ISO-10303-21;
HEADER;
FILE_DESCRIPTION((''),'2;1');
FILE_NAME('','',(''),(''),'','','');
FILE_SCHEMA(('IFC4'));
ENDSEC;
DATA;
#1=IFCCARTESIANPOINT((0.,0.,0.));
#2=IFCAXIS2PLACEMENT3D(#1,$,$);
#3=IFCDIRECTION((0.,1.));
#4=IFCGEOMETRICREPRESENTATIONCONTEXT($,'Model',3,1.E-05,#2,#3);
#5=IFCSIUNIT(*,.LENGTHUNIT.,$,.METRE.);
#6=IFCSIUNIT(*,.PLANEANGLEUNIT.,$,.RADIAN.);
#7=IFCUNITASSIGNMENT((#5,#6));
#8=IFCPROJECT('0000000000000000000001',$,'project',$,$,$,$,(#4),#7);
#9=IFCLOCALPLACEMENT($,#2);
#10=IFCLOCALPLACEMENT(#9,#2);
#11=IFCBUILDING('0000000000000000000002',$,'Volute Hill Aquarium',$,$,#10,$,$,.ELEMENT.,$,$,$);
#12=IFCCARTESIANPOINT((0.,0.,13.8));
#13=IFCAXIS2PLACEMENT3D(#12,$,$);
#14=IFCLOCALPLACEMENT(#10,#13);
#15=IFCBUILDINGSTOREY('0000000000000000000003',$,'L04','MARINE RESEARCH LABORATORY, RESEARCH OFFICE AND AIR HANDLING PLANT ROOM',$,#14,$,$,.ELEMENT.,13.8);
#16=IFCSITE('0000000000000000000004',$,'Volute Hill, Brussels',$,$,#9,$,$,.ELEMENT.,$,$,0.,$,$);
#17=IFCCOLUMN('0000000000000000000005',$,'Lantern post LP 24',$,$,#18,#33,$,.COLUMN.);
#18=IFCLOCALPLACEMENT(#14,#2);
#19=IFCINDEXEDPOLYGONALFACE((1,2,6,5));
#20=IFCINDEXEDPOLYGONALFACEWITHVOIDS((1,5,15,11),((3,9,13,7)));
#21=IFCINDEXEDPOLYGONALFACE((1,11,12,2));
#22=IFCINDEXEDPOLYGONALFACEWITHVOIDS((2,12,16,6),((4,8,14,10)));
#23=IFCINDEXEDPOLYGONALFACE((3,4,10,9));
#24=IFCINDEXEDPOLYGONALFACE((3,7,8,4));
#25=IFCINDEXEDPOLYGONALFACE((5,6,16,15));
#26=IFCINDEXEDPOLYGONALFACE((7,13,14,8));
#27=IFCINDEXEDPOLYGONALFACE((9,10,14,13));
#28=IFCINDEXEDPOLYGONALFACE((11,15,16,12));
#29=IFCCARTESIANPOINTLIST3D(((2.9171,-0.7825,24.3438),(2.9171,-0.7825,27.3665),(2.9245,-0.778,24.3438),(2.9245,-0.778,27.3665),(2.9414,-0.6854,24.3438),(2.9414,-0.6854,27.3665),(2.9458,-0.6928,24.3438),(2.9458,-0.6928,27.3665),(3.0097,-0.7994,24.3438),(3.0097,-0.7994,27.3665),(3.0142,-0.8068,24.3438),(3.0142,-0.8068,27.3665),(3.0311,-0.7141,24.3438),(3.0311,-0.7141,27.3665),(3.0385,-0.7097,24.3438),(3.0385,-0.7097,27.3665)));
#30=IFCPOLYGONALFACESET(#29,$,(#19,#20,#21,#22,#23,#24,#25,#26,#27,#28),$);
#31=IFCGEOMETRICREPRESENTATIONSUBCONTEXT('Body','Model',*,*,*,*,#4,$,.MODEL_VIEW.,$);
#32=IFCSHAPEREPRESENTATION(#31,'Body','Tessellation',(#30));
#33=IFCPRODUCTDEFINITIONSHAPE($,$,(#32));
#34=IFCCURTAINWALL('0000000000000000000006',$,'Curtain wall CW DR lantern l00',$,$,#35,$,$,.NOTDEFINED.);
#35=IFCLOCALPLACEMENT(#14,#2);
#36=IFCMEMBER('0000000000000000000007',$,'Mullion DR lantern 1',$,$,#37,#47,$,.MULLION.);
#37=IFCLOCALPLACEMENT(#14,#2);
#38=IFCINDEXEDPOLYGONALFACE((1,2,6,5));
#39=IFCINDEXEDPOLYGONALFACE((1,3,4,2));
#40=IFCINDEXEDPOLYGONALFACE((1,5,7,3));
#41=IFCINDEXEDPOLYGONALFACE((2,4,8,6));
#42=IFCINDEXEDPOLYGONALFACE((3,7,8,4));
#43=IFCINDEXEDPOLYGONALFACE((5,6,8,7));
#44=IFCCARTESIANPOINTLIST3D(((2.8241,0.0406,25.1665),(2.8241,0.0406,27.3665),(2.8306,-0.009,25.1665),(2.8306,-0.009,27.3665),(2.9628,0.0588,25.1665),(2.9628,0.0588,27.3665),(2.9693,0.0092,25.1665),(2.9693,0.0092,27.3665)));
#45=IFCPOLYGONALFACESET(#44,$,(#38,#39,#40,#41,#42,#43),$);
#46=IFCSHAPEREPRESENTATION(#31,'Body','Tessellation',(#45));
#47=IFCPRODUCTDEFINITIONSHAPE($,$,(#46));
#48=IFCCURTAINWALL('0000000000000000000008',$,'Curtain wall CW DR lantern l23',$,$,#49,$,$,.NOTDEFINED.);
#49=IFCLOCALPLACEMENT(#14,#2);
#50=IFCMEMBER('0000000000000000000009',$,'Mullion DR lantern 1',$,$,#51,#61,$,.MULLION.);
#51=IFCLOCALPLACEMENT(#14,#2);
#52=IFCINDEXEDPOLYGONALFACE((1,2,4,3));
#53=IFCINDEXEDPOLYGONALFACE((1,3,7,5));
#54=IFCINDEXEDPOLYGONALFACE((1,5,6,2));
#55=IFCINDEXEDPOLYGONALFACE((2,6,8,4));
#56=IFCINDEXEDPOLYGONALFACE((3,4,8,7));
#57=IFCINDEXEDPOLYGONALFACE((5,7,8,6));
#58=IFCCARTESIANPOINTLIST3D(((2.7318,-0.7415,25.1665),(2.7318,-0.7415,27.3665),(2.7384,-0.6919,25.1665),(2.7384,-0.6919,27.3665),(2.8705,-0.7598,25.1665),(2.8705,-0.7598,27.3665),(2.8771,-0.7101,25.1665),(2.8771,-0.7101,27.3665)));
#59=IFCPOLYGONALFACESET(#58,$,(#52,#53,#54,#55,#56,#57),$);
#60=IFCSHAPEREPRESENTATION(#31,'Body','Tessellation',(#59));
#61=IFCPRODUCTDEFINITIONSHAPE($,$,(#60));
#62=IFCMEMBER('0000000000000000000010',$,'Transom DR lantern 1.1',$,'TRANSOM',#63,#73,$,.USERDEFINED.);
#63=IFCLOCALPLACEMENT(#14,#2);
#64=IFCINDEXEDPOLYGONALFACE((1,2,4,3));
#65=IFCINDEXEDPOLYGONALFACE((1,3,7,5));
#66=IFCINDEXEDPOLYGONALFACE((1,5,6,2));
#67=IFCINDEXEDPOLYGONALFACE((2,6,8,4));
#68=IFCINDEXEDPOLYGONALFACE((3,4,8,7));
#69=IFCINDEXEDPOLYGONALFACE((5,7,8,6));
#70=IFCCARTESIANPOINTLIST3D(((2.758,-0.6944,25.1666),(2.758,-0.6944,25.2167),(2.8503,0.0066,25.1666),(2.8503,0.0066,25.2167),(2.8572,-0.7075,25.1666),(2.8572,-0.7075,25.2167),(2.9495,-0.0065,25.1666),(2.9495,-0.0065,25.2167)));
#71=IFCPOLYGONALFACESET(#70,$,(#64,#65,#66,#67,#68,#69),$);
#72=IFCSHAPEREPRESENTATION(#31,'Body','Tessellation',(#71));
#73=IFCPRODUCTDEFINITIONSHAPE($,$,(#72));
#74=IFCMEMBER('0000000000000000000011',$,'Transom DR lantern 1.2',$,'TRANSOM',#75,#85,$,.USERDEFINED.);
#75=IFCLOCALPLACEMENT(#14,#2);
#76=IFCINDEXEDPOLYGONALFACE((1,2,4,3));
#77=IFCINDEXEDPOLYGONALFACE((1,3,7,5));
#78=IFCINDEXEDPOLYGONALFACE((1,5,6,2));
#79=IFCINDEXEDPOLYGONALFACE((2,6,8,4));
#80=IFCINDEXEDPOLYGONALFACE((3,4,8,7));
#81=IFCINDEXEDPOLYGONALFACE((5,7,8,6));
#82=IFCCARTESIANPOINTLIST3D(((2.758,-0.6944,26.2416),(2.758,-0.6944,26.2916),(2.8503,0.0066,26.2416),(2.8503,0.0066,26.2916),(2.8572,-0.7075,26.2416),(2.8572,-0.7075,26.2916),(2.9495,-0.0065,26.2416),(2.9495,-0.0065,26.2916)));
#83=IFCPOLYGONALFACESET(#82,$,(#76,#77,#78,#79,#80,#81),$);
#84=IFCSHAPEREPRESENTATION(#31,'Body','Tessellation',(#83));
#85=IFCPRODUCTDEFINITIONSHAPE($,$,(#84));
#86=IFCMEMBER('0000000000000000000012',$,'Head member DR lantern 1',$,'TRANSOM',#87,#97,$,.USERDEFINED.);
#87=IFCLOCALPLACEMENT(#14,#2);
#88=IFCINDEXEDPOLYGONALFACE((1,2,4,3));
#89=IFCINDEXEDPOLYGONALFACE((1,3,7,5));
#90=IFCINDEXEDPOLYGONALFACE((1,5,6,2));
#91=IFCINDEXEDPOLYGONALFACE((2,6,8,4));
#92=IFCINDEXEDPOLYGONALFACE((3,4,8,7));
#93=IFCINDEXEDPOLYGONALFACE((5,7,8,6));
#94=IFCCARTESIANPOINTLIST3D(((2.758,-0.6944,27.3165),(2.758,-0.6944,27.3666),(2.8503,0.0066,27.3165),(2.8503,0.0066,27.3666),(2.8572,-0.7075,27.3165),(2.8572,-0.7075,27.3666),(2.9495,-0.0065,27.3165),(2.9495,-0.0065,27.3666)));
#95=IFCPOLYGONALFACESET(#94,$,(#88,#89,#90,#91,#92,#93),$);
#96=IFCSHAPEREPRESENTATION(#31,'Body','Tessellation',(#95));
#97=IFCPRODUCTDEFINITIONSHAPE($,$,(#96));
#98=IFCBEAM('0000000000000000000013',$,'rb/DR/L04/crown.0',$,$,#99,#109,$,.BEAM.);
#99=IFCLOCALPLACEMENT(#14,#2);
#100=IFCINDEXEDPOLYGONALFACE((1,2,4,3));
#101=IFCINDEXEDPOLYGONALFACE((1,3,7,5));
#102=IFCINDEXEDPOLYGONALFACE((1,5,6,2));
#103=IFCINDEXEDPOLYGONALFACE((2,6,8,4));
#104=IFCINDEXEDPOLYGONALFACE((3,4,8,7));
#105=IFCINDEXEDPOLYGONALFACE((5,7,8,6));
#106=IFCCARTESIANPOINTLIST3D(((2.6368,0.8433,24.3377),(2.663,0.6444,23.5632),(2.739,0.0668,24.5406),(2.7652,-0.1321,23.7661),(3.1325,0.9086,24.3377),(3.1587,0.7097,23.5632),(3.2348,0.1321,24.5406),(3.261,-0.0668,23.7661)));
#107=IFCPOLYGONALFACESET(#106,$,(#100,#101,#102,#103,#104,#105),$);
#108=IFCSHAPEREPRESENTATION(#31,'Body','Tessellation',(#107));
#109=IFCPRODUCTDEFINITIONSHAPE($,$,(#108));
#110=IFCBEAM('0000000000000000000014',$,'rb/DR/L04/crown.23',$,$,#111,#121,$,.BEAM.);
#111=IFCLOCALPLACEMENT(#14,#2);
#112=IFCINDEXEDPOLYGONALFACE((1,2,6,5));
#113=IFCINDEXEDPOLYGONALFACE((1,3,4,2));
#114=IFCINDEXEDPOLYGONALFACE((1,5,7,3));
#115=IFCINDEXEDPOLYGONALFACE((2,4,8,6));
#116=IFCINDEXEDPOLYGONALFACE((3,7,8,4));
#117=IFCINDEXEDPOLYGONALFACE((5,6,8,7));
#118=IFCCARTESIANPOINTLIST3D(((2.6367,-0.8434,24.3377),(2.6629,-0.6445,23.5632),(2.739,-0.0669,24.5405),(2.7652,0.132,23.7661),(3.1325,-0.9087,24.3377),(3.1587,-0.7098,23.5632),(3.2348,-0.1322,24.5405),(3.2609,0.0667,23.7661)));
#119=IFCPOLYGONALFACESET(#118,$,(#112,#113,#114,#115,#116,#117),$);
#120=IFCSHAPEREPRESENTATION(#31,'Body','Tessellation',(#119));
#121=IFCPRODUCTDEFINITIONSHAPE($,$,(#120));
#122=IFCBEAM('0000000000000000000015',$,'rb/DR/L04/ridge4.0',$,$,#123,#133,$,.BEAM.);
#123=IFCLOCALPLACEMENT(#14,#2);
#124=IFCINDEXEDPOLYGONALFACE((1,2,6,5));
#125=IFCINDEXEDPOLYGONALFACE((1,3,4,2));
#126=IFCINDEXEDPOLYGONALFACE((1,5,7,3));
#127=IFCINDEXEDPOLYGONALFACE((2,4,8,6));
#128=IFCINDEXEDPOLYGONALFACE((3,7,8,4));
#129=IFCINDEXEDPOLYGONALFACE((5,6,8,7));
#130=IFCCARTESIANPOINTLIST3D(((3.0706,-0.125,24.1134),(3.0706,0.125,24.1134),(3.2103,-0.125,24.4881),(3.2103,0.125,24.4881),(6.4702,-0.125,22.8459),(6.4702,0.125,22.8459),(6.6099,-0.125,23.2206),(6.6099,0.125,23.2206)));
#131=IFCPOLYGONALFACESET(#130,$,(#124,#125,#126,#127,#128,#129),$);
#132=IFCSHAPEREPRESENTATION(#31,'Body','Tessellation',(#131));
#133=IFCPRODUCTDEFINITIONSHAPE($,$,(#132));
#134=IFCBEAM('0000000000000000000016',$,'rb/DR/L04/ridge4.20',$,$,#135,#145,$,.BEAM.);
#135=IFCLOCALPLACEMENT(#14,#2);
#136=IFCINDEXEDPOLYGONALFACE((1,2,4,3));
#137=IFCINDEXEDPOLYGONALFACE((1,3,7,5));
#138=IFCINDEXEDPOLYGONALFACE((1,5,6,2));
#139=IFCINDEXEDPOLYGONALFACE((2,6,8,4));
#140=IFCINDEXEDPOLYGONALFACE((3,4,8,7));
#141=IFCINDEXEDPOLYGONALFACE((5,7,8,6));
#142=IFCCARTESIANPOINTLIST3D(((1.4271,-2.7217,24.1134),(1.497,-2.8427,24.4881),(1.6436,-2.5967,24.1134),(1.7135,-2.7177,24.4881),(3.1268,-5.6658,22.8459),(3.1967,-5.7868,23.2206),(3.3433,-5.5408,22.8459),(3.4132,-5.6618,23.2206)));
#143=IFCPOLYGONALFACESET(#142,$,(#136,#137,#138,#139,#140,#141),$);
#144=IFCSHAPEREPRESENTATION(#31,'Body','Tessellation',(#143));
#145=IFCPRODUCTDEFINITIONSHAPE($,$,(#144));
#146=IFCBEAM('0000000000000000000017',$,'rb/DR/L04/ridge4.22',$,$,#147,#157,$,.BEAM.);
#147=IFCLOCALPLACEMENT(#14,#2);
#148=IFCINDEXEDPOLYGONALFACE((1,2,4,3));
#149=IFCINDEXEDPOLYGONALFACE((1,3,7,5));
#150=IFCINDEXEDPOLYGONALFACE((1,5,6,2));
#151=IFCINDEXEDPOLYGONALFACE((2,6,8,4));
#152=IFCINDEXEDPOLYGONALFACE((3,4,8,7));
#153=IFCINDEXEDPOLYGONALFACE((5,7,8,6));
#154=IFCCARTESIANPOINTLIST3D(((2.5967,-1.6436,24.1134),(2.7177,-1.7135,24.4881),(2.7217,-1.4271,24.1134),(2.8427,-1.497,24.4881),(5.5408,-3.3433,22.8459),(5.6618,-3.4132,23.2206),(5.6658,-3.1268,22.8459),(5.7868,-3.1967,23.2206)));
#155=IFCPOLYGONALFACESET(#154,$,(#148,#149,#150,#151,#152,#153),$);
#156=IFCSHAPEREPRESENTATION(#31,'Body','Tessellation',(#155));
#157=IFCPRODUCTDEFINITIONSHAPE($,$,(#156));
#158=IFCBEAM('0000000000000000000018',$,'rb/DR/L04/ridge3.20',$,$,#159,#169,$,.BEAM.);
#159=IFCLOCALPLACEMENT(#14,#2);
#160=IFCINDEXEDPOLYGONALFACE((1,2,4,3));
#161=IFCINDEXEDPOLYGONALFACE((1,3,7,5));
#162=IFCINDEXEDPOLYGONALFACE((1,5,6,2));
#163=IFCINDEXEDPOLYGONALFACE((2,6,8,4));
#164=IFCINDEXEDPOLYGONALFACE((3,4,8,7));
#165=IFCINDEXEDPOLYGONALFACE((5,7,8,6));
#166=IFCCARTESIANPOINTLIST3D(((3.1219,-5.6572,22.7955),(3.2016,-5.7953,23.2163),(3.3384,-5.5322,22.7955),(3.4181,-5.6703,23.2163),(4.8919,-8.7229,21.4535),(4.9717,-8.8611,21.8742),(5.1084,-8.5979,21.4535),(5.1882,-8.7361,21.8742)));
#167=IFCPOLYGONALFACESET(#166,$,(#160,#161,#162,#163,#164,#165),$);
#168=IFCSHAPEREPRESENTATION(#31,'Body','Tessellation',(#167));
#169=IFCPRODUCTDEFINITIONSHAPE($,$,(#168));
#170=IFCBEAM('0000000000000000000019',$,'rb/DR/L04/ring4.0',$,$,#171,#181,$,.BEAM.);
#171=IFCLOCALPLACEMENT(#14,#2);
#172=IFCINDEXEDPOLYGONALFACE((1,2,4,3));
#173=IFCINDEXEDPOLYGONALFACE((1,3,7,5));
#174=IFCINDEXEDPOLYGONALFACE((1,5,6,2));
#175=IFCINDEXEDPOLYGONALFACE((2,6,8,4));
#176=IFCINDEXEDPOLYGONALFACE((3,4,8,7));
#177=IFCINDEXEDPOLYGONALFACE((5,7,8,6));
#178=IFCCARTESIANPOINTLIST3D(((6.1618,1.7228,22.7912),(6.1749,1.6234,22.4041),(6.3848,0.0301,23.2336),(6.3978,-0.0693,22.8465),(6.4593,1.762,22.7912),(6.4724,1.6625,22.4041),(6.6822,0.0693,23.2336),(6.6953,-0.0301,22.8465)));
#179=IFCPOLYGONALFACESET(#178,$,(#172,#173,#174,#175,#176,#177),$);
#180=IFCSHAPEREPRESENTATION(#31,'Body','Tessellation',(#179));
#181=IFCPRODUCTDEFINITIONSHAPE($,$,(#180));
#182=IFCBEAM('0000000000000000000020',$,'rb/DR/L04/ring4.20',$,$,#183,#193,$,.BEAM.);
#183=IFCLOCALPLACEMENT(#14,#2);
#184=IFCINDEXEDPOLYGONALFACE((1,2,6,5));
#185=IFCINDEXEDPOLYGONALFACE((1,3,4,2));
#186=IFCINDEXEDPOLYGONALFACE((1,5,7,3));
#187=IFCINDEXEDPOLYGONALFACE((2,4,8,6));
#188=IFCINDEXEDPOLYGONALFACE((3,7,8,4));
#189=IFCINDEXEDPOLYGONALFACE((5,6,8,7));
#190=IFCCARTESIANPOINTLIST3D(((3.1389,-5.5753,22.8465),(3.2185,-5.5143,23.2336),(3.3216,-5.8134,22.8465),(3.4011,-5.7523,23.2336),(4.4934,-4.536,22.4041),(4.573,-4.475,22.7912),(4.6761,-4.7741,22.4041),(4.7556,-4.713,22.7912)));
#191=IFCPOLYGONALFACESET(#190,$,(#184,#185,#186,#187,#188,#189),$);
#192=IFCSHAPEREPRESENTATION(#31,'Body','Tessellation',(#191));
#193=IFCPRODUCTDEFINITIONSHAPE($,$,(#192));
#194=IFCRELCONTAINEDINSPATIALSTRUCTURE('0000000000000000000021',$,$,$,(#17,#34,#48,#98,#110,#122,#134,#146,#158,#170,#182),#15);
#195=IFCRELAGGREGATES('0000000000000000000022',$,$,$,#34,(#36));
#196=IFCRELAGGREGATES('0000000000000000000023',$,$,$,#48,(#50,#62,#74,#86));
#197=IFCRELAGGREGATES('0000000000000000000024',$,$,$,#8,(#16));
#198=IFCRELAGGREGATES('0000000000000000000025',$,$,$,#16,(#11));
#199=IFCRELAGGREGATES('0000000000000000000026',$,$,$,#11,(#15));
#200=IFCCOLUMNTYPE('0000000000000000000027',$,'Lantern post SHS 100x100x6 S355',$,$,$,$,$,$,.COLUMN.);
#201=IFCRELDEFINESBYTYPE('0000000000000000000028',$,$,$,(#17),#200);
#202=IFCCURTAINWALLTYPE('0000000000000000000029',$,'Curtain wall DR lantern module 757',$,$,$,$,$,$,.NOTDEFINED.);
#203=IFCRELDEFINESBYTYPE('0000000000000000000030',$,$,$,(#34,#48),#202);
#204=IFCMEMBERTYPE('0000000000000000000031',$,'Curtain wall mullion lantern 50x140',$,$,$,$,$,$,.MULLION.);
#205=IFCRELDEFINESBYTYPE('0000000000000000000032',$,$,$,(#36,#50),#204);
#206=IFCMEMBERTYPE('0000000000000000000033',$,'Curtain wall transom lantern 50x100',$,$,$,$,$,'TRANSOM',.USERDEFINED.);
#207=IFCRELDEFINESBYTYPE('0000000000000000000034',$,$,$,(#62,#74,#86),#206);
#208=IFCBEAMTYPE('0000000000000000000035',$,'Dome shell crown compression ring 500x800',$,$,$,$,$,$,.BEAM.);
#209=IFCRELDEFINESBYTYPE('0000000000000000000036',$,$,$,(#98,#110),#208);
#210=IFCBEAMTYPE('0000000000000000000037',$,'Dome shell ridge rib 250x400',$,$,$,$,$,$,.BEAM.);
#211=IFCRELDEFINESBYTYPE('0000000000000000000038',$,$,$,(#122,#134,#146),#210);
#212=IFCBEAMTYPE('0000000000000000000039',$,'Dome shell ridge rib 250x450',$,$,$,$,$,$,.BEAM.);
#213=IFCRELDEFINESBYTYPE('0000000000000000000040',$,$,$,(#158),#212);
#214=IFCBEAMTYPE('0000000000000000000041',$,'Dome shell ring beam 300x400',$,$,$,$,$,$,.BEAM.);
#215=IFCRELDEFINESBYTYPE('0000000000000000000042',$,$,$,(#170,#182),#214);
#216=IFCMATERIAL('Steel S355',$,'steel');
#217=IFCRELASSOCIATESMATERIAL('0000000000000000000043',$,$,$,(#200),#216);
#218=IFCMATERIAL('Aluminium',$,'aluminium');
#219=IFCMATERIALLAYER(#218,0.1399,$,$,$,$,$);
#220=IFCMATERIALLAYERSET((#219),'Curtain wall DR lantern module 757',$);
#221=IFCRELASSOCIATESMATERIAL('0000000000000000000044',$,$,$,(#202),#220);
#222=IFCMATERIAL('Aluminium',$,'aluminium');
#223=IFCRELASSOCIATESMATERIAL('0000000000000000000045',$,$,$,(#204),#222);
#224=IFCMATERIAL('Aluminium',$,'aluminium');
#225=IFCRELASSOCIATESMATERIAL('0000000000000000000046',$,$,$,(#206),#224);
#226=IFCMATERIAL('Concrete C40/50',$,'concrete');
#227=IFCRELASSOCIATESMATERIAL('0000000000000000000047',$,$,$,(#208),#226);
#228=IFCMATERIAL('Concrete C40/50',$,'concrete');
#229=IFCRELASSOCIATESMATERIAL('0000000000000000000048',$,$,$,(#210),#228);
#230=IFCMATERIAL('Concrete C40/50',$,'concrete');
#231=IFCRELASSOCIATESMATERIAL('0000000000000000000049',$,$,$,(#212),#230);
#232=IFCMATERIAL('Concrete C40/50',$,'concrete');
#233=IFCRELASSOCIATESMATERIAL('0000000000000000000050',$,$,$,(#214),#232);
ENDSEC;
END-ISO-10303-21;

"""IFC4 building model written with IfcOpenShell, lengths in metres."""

from ifc_helpers import new_model, si_unit, direction, frame, origin, origin_2d, place, context, subcontext, project, spatial, rectangle, hollow_rectangle, extrude, material, layer, layer_set, material_profile, profile_set, type_object, element, aggregate, save


model = new_model("IFC4")

# Units and contexts
model_context = context("Model", 3, precision=1e-05, world=origin(), true_north=direction((0.0, 1.0)))
body_context = subcontext(model_context, "Body", "Model", "MODEL_VIEW")
ifc_project = project(units=[si_unit("LENGTHUNIT", "METRE"), si_unit("PLANEANGLEUNIT", "RADIAN")], contexts=[model_context])

# Site, building, storey
site_placement = place(None, origin())
site = spatial("IfcSite", under=ifc_project, at=site_placement, Name="Volute Hill, Brussels", CompositionType="ELEMENT", RefElevation=0.0)
building_placement = place(site_placement, origin())
building = spatial("IfcBuilding", under=site, at=building_placement, Name="Volute Hill Aquarium", CompositionType="ELEMENT")
storey_placement = place(building_placement, frame((0.0, 0.0, 13.8)))
storey = spatial("IfcBuildingStorey", under=building, at=storey_placement, Name="L04", Description="MARINE RESEARCH LABORATORY, RESEARCH OFFICE AND AIR HANDLING PLANT ROOM", CompositionType="ELEMENT", Elevation=13.8)

# Column
ifc_material_1 = material(Name="Steel S355", Category="steel")
ifc_material_profile_1 = material_profile(ifc_material_1, hollow_rectangle(XDim=0.1001, YDim=0.1001, WallThickness=0.0061, at=origin_2d()), Name="SHS 100x100x6")
ifc_profile_set_1 = profile_set([ifc_material_profile_1], Name="Steel S355")
column_type = type_object("IfcColumnType", Name="Lantern post SHS 100x100x6 S355", PredefinedType="COLUMN", material=ifc_profile_set_1)
column_placement = place(storey_placement, frame((2.9778, -0.7461, 24.3438), z_axis=(0.0, 0.0, 1.0), x_axis=(0.970013, -0.243054, 0.0)))
element("IfcColumn", 1, at=column_placement, inside=storey, type_object=column_type, Name="Lantern post LP 24", PredefinedType="COLUMN", context=body_context, shape_type="SweptSolid", body=[
    extrude(hollow_rectangle(XDim=0.1001, YDim=0.1001, WallThickness=0.0061, at=origin_2d()), origin(), (0.0, 0.0, 1.0), 3.0227),
])

# Curtain wall, member
ifc_material_2 = material(Name="Aluminium", Category="aluminium")
ifc_layer_1 = layer(ifc_material_2, 0.1399)
ifc_layer_set_1 = layer_set([ifc_layer_1], Name="Curtain wall DR lantern module 757")
curtain_wall_type = type_object("IfcCurtainWallType", Name="Curtain wall DR lantern module 757", PredefinedType="NOTDEFINED", material=ifc_layer_set_1)
curtain_wall_1_placement = place(storey_placement, origin())
curtain_wall_1 = element("IfcCurtainWall", 2, at=curtain_wall_1_placement, inside=storey, type_object=curtain_wall_type, Name="Curtain wall CW DR lantern l00", PredefinedType="NOTDEFINED")
ifc_material_3 = material(Name="Aluminium", Category="aluminium")
ifc_material_profile_2 = material_profile(ifc_material_3, rectangle(XDim=0.1399, YDim=0.05, at=origin_2d()), Name="Curtain wall mullion lantern 50x140")
ifc_profile_set_2 = profile_set([ifc_material_profile_2], Name="Aluminium")
member_type_1 = type_object("IfcMemberType", Name="Curtain wall mullion lantern 50x140", PredefinedType="MULLION", material=ifc_profile_set_2)
member_1_placement = place(storey_placement, frame((2.8967, 0.0249, 25.1665), z_axis=(0.0, 0.0, 1.0), x_axis=(-0.991448, -0.130502, 0.0)))
member_1 = element("IfcMember", 3, at=member_1_placement, type_object=member_type_1, Name="Mullion DR lantern 1", PredefinedType="MULLION", context=body_context, shape_type="SweptSolid", body=[
    extrude(rectangle(XDim=0.1399, YDim=0.05, at=origin_2d()), origin(), (0.0, 0.0, 1.0), 2.2),
])
aggregate(curtain_wall_1, [member_1])

# Curtain wall, members
curtain_wall_2_placement = place(storey_placement, origin())
curtain_wall_2 = element("IfcCurtainWall", 4, at=curtain_wall_2_placement, inside=storey, type_object=curtain_wall_type, Name="Curtain wall CW DR lantern l23", PredefinedType="NOTDEFINED")
member_2_placement = place(storey_placement, frame((2.8044, -0.7258, 25.1665), z_axis=(0.0, 0.0, 1.0), x_axis=(-0.991448, 0.130502, 0.0)))
member_2 = element("IfcMember", 5, at=member_2_placement, type_object=member_type_1, Name="Mullion DR lantern 1", PredefinedType="MULLION", context=body_context, shape_type="SweptSolid", body=[
    extrude(rectangle(XDim=0.1399, YDim=0.05, at=origin_2d()), origin(), (0.0, 0.0, 1.0), 2.2),
])
ifc_material_4 = material(Name="Aluminium", Category="aluminium")
ifc_material_profile_3 = material_profile(ifc_material_4, rectangle(XDim=0.1001, YDim=0.05, at=origin_2d()), Name="Curtain wall transom lantern 50x100")
ifc_profile_set_3 = profile_set([ifc_material_profile_3], Name="Aluminium")
member_type_2 = type_object("IfcMemberType", Name="Curtain wall transom lantern 50x100", ElementType="TRANSOM", PredefinedType="USERDEFINED", material=ifc_profile_set_3)
member_3_placement = place(storey_placement, frame((2.8076, -0.7009, 25.1917), z_axis=(0.130535, 0.991444, 0.0), x_axis=(-0.991444, 0.130535, 0.0)))
member_3 = element("IfcMember", 6, at=member_3_placement, type_object=member_type_2, Name="Transom DR lantern 1.1", ObjectType="TRANSOM", PredefinedType="USERDEFINED", context=body_context, shape_type="SweptSolid", body=[
    extrude(rectangle(XDim=0.1001, YDim=0.05, at=origin_2d()), origin(), (0.0, 0.0, 1.0), 0.707),
])
member_4_placement = place(storey_placement, frame((2.8076, -0.7009, 26.2666), z_axis=(0.130535, 0.991444, 0.0), x_axis=(-0.991444, 0.130535, 0.0)))
member_4 = element("IfcMember", 7, at=member_4_placement, type_object=member_type_2, Name="Transom DR lantern 1.2", ObjectType="TRANSOM", PredefinedType="USERDEFINED", context=body_context, shape_type="SweptSolid", body=[
    extrude(rectangle(XDim=0.1001, YDim=0.05, at=origin_2d()), origin(), (0.0, 0.0, 1.0), 0.707),
])
member_5_placement = place(storey_placement, frame((2.8076, -0.7009, 27.3416), z_axis=(0.130535, 0.991444, 0.0), x_axis=(-0.991444, 0.130535, 0.0)))
member_5 = element("IfcMember", 8, at=member_5_placement, type_object=member_type_2, Name="Head member DR lantern 1", ObjectType="TRANSOM", PredefinedType="USERDEFINED", context=body_context, shape_type="SweptSolid", body=[
    extrude(rectangle(XDim=0.1001, YDim=0.05, at=origin_2d()), origin(), (0.0, 0.0, 1.0), 0.707),
])

# Beams
ifc_material_5 = material(Name="Concrete C40/50", Category="concrete")
ifc_material_profile_4 = material_profile(ifc_material_5, rectangle(XDim=0.5, YDim=0.8, at=origin_2d()), Name="RC beam 500x800")
ifc_profile_set_4 = profile_set([ifc_material_profile_4], Name="Concrete C40/50")
beam_type_1 = type_object("IfcBeamType", Name="Dome shell crown compression ring 500x800", PredefinedType="BEAM", material=ifc_profile_set_4)
for number, where, z_axis, x_axis, name in (
    (9, (3.0, 0.0, 24.1533), (-0.12642, 0.959767, -0.250728), (-0.991436, -0.130592, 0.0), "rb/DR/L04/crown.0"),
    (10, (2.8977, -0.7766, 23.9504), (0.12642, 0.959767, 0.250728), (-0.991436, 0.130592, 0.0), "rb/DR/L04/crown.23"),
):
    element("IfcBeam", number, at=place(storey_placement, frame(where, z_axis=z_axis, x_axis=x_axis)), inside=storey, type_object=beam_type_1, Name=name, PredefinedType="BEAM", context=body_context, shape_type="SweptSolid", body=[
        extrude(rectangle(XDim=0.5, YDim=0.8, at=origin_2d()), origin(), (0.0, 0.0, 1.0), 0.8091),
    ])
ifc_material_6 = material(Name="Concrete C40/50", Category="concrete")
ifc_material_profile_5 = material_profile(ifc_material_6, rectangle(XDim=0.25, YDim=0.3999, at=origin_2d()), Name="RC rib 250x400")
ifc_profile_set_5 = profile_set([ifc_material_profile_5], Name="Concrete C40/50")
beam_type_2 = type_object("IfcBeamType", Name="Dome shell ridge rib 250x400", PredefinedType="BEAM", material=ifc_profile_set_5)
for number, where, z_axis, x_axis, name in (
    (11, (6.54, 0.0, 23.0332), (-0.936988, 0.0, 0.34936), (0.0, -1.0, 0.0), "rb/DR/L04/ridge4.0"),
    (12, (3.27, -5.6638, 23.0332), (-0.468478, 0.811459, 0.349374), (-0.866034, -0.499986, 0.0), "rb/DR/L04/ridge4.20"),
    (13, (5.6638, -3.27, 23.0332), (-0.811459, 0.468478, 0.349374), (-0.499986, -0.866034, 0.0), "rb/DR/L04/ridge4.22"),
):
    element("IfcBeam", number, at=place(storey_placement, frame(where, z_axis=z_axis, x_axis=x_axis)), inside=storey, type_object=beam_type_2, Name=name, PredefinedType="BEAM", context=body_context, shape_type="SweptSolid", body=[
        extrude(rectangle(XDim=0.25, YDim=0.3999, at=origin_2d()), origin(), (0.0, 0.0, 1.0), 3.6282),
    ])
ifc_material_7 = material(Name="Concrete C40/50", Category="concrete")
ifc_material_profile_6 = material_profile(ifc_material_7, rectangle(XDim=0.25, YDim=0.45, at=origin_2d()), Name="RC rib 250x450")
ifc_profile_set_6 = profile_set([ifc_material_profile_6], Name="Concrete C40/50")
beam_type_3 = type_object("IfcBeamType", Name="Dome shell ridge rib 250x450", PredefinedType="BEAM", material=ifc_profile_set_6)
beam_1_placement = place(storey_placement, frame((5.04, -8.7295, 21.6638), z_axis=(-0.46754, 0.809779, 0.354492), x_axis=(-0.866019, -0.500011, 0.0)))
element("IfcBeam", 14, at=beam_1_placement, inside=storey, type_object=beam_type_3, Name="rb/DR/L04/ridge3.20", PredefinedType="BEAM", context=body_context, shape_type="SweptSolid", body=[
    extrude(rectangle(XDim=0.25, YDim=0.45, at=origin_2d()), origin(), (0.0, 0.0, 1.0), 3.7859),
])
ifc_material_8 = material(Name="Concrete C40/50", Category="concrete")
ifc_material_profile_7 = material_profile(ifc_material_8, rectangle(XDim=0.3, YDim=0.3999, at=origin_2d()), Name="RC beam 300x400")
ifc_profile_set_7 = profile_set([ifc_material_profile_7], Name="Concrete C40/50")
beam_type_4 = type_object("IfcBeamType", Name="Dome shell ring beam 300x400", PredefinedType="BEAM", material=ifc_profile_set_7)
for number, where, z_axis, x_axis, name in (
    (15, (6.54, 0.0, 23.04), (-0.126388, 0.959743, -0.250837), (-0.99144, -0.130562, 0.0), "rb/DR/L04/ring4.0"),
    (16, (3.27, -5.6638, 23.04), (0.767999, 0.589288, -0.250832), (-0.60875, 0.793362, 0.0), "rb/DR/L04/ring4.20"),
):
    element("IfcBeam", number, at=place(storey_placement, frame(where, z_axis=z_axis, x_axis=x_axis)), inside=storey, type_object=beam_type_4, Name=name, PredefinedType="BEAM", context=body_context, shape_type="SweptSolid", body=[
        extrude(rectangle(XDim=0.3, YDim=0.3999, at=origin_2d()), origin(), (0.0, 0.0, 1.0), 1.7637),
    ])

aggregate(curtain_wall_2, [member_2, member_3, member_4, member_5])

save(model, "model.ifc")
